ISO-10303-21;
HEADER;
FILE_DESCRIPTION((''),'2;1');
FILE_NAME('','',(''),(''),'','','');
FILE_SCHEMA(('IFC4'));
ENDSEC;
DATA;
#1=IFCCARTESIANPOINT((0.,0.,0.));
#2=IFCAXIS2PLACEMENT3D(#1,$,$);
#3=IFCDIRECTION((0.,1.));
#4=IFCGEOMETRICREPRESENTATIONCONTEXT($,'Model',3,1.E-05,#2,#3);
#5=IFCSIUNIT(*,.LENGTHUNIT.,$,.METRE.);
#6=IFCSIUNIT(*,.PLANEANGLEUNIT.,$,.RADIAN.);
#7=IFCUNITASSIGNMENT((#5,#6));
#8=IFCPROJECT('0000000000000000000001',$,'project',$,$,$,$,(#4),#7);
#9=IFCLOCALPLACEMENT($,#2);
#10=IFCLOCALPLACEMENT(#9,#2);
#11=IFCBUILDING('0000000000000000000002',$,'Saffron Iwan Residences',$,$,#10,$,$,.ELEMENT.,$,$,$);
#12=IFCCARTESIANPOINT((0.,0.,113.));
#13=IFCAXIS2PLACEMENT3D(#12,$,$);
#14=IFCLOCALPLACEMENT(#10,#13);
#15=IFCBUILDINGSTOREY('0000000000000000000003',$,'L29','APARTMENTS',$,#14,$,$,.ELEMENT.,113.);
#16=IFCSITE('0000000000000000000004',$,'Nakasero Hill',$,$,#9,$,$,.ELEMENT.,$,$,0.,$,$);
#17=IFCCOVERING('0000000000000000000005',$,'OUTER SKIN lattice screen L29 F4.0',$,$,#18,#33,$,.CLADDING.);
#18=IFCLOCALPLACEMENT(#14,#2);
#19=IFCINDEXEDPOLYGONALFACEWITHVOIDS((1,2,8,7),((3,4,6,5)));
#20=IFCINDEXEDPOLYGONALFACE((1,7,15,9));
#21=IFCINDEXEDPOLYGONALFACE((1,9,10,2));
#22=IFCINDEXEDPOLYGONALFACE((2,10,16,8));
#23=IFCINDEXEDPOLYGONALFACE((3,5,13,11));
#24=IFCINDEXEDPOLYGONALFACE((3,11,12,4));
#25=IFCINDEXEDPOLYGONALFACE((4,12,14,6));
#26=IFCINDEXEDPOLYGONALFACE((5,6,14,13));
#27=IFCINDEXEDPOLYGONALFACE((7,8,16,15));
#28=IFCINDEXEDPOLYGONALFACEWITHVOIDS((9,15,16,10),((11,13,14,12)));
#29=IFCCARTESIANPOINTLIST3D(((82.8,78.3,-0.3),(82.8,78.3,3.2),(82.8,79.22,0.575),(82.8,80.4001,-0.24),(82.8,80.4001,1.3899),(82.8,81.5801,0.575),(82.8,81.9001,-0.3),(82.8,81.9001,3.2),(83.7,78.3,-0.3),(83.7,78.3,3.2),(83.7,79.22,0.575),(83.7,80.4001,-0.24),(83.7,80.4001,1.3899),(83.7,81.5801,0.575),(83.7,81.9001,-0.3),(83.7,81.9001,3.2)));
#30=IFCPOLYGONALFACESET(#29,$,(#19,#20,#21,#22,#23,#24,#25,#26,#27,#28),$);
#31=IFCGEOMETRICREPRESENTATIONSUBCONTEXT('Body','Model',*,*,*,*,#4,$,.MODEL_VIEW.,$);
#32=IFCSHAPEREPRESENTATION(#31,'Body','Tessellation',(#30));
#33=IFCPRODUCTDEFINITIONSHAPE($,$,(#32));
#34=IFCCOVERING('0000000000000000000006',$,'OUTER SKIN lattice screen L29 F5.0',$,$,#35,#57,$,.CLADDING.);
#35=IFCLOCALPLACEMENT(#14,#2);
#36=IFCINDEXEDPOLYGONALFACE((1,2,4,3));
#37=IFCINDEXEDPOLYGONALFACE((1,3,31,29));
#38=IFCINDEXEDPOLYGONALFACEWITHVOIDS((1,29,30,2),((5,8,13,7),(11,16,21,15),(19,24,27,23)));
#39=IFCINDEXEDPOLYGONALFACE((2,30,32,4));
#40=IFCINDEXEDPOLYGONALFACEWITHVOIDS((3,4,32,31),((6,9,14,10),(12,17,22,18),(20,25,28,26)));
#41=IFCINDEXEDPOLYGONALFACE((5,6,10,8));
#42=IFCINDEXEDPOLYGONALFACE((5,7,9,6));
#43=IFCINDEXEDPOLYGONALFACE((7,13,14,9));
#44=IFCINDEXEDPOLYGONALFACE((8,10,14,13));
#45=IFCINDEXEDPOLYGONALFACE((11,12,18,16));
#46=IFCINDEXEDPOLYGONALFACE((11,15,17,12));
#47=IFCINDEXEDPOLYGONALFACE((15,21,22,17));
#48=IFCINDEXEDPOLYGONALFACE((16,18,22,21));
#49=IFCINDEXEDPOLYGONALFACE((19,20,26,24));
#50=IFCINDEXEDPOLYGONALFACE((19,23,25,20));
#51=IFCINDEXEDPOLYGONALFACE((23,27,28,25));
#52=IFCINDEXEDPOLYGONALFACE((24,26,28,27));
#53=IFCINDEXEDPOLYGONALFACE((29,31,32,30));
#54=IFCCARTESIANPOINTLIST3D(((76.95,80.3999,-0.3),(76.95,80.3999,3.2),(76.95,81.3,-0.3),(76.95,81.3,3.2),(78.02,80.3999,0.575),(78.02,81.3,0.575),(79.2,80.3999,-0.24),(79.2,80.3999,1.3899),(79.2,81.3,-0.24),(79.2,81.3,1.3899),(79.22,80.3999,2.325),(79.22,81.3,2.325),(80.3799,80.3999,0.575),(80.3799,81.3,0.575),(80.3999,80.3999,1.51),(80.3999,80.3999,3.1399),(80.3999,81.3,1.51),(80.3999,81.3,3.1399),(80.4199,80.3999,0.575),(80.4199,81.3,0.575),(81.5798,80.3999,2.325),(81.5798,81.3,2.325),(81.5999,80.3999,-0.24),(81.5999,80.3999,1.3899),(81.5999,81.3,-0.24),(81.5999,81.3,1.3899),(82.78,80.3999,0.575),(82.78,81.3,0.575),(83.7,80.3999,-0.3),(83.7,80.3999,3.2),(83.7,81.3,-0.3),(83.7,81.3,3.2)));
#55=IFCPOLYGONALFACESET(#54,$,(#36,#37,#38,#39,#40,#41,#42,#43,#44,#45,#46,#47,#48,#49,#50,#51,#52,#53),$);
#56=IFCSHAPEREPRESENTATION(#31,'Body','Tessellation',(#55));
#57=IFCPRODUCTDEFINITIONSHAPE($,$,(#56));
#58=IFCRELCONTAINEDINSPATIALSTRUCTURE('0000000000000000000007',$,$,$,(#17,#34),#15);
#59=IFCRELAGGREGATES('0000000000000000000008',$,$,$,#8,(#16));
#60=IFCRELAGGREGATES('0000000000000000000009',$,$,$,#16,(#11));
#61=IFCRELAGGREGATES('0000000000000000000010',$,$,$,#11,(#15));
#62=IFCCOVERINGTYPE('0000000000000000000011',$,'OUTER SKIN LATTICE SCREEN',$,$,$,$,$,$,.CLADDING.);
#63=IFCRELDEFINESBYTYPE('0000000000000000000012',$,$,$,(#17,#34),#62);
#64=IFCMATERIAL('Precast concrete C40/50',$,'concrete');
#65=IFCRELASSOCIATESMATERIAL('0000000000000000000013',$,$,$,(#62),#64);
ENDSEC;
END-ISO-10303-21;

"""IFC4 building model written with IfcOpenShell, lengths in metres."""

from ifc_helpers import new_model, si_unit, direction, frame, origin, place, context, subcontext, project, spatial, polyline, outline, extrude, material, type_object, element, save


model = new_model("IFC4")

# Units and contexts
model_context = context("Model", 3, precision=1e-05, world=origin(), true_north=direction((0.0, 1.0)))
body_context = subcontext(model_context, "Body", "Model", "MODEL_VIEW")
ifc_project = project(units=[si_unit("LENGTHUNIT", "METRE"), si_unit("PLANEANGLEUNIT", "RADIAN")], contexts=[model_context])

# Site, building, storey
site_placement = place(None, origin())
site = spatial("IfcSite", under=ifc_project, at=site_placement, Name="Nakasero Hill", CompositionType="ELEMENT", RefElevation=0.0)
building_placement = place(site_placement, origin())
building = spatial("IfcBuilding", under=site, at=building_placement, Name="Saffron Iwan Residences", CompositionType="ELEMENT")
storey_placement = place(building_placement, frame((0.0, 0.0, 113.0)))
storey = spatial("IfcBuildingStorey", under=building, at=storey_placement, Name="L29", Description="APARTMENTS", CompositionType="ELEMENT", Elevation=113.0)

# Coverings
ifc_material_1 = material(Name="Precast concrete C40/50", Category="concrete")
covering_type = type_object("IfcCoveringType", Name="OUTER SKIN LATTICE SCREEN", PredefinedType="CLADDING", material=ifc_material_1)
for number, where, z_axis, x_axis, name in (
    (1, (82.8, 78.3, -0.3), (1.0, 0.0, 0.0), (0.0, 1.0, 0.0), "OUTER SKIN lattice screen L29 F4.0"),
):
    element("IfcCovering", number, at=place(storey_placement, frame(where, z_axis=z_axis, x_axis=x_axis)), inside=storey, type_object=covering_type, Name=name, PredefinedType="CLADDING", context=body_context, shape_type="SweptSolid", body=[
        extrude(outline(polyline([(0.0, 0.0), (3.6001, 0.0), (3.6001, 3.5), (0.0, 3.5), (0.0, 0.0)]), holes=[polyline([(0.9199, 0.875), (2.1001, 0.0601), (3.28, 0.875), (2.1001, 1.6899), (0.9199, 0.875)])]), origin(), (0.0, 0.0, 1.0), 0.8999),
    ])
covering_placement = place(storey_placement, frame((83.7, 80.3999, -0.3), z_axis=(0.0, 1.0, 0.0), x_axis=(-1.0, 0.0, 0.0)))
element("IfcCovering", 2, at=covering_placement, inside=storey, type_object=covering_type, Name="OUTER SKIN lattice screen L29 F5.0", PredefinedType="CLADDING", context=body_context, shape_type="SweptSolid", body=[
    extrude(outline(polyline([(0.0, 0.0), (6.75, 0.0), (6.75, 3.5), (0.0, 3.5), (0.0, 0.0)]), holes=[polyline([(0.9199, 0.875), (2.1001, 0.0601), (3.28, 0.875), (2.1001, 1.6899), (0.9199, 0.875)]), polyline([(3.3201, 0.875), (4.5, 0.0601), (5.6799, 0.875), (4.5, 1.6899), (3.3201, 0.875)]), polyline([(2.1201, 2.625), (3.3, 1.8101), (4.48, 2.625), (3.3, 3.4399), (2.1201, 2.625)])]), origin(), (0.0, 0.0, 1.0), 0.9001),
])

save(model, "model.ifc")
